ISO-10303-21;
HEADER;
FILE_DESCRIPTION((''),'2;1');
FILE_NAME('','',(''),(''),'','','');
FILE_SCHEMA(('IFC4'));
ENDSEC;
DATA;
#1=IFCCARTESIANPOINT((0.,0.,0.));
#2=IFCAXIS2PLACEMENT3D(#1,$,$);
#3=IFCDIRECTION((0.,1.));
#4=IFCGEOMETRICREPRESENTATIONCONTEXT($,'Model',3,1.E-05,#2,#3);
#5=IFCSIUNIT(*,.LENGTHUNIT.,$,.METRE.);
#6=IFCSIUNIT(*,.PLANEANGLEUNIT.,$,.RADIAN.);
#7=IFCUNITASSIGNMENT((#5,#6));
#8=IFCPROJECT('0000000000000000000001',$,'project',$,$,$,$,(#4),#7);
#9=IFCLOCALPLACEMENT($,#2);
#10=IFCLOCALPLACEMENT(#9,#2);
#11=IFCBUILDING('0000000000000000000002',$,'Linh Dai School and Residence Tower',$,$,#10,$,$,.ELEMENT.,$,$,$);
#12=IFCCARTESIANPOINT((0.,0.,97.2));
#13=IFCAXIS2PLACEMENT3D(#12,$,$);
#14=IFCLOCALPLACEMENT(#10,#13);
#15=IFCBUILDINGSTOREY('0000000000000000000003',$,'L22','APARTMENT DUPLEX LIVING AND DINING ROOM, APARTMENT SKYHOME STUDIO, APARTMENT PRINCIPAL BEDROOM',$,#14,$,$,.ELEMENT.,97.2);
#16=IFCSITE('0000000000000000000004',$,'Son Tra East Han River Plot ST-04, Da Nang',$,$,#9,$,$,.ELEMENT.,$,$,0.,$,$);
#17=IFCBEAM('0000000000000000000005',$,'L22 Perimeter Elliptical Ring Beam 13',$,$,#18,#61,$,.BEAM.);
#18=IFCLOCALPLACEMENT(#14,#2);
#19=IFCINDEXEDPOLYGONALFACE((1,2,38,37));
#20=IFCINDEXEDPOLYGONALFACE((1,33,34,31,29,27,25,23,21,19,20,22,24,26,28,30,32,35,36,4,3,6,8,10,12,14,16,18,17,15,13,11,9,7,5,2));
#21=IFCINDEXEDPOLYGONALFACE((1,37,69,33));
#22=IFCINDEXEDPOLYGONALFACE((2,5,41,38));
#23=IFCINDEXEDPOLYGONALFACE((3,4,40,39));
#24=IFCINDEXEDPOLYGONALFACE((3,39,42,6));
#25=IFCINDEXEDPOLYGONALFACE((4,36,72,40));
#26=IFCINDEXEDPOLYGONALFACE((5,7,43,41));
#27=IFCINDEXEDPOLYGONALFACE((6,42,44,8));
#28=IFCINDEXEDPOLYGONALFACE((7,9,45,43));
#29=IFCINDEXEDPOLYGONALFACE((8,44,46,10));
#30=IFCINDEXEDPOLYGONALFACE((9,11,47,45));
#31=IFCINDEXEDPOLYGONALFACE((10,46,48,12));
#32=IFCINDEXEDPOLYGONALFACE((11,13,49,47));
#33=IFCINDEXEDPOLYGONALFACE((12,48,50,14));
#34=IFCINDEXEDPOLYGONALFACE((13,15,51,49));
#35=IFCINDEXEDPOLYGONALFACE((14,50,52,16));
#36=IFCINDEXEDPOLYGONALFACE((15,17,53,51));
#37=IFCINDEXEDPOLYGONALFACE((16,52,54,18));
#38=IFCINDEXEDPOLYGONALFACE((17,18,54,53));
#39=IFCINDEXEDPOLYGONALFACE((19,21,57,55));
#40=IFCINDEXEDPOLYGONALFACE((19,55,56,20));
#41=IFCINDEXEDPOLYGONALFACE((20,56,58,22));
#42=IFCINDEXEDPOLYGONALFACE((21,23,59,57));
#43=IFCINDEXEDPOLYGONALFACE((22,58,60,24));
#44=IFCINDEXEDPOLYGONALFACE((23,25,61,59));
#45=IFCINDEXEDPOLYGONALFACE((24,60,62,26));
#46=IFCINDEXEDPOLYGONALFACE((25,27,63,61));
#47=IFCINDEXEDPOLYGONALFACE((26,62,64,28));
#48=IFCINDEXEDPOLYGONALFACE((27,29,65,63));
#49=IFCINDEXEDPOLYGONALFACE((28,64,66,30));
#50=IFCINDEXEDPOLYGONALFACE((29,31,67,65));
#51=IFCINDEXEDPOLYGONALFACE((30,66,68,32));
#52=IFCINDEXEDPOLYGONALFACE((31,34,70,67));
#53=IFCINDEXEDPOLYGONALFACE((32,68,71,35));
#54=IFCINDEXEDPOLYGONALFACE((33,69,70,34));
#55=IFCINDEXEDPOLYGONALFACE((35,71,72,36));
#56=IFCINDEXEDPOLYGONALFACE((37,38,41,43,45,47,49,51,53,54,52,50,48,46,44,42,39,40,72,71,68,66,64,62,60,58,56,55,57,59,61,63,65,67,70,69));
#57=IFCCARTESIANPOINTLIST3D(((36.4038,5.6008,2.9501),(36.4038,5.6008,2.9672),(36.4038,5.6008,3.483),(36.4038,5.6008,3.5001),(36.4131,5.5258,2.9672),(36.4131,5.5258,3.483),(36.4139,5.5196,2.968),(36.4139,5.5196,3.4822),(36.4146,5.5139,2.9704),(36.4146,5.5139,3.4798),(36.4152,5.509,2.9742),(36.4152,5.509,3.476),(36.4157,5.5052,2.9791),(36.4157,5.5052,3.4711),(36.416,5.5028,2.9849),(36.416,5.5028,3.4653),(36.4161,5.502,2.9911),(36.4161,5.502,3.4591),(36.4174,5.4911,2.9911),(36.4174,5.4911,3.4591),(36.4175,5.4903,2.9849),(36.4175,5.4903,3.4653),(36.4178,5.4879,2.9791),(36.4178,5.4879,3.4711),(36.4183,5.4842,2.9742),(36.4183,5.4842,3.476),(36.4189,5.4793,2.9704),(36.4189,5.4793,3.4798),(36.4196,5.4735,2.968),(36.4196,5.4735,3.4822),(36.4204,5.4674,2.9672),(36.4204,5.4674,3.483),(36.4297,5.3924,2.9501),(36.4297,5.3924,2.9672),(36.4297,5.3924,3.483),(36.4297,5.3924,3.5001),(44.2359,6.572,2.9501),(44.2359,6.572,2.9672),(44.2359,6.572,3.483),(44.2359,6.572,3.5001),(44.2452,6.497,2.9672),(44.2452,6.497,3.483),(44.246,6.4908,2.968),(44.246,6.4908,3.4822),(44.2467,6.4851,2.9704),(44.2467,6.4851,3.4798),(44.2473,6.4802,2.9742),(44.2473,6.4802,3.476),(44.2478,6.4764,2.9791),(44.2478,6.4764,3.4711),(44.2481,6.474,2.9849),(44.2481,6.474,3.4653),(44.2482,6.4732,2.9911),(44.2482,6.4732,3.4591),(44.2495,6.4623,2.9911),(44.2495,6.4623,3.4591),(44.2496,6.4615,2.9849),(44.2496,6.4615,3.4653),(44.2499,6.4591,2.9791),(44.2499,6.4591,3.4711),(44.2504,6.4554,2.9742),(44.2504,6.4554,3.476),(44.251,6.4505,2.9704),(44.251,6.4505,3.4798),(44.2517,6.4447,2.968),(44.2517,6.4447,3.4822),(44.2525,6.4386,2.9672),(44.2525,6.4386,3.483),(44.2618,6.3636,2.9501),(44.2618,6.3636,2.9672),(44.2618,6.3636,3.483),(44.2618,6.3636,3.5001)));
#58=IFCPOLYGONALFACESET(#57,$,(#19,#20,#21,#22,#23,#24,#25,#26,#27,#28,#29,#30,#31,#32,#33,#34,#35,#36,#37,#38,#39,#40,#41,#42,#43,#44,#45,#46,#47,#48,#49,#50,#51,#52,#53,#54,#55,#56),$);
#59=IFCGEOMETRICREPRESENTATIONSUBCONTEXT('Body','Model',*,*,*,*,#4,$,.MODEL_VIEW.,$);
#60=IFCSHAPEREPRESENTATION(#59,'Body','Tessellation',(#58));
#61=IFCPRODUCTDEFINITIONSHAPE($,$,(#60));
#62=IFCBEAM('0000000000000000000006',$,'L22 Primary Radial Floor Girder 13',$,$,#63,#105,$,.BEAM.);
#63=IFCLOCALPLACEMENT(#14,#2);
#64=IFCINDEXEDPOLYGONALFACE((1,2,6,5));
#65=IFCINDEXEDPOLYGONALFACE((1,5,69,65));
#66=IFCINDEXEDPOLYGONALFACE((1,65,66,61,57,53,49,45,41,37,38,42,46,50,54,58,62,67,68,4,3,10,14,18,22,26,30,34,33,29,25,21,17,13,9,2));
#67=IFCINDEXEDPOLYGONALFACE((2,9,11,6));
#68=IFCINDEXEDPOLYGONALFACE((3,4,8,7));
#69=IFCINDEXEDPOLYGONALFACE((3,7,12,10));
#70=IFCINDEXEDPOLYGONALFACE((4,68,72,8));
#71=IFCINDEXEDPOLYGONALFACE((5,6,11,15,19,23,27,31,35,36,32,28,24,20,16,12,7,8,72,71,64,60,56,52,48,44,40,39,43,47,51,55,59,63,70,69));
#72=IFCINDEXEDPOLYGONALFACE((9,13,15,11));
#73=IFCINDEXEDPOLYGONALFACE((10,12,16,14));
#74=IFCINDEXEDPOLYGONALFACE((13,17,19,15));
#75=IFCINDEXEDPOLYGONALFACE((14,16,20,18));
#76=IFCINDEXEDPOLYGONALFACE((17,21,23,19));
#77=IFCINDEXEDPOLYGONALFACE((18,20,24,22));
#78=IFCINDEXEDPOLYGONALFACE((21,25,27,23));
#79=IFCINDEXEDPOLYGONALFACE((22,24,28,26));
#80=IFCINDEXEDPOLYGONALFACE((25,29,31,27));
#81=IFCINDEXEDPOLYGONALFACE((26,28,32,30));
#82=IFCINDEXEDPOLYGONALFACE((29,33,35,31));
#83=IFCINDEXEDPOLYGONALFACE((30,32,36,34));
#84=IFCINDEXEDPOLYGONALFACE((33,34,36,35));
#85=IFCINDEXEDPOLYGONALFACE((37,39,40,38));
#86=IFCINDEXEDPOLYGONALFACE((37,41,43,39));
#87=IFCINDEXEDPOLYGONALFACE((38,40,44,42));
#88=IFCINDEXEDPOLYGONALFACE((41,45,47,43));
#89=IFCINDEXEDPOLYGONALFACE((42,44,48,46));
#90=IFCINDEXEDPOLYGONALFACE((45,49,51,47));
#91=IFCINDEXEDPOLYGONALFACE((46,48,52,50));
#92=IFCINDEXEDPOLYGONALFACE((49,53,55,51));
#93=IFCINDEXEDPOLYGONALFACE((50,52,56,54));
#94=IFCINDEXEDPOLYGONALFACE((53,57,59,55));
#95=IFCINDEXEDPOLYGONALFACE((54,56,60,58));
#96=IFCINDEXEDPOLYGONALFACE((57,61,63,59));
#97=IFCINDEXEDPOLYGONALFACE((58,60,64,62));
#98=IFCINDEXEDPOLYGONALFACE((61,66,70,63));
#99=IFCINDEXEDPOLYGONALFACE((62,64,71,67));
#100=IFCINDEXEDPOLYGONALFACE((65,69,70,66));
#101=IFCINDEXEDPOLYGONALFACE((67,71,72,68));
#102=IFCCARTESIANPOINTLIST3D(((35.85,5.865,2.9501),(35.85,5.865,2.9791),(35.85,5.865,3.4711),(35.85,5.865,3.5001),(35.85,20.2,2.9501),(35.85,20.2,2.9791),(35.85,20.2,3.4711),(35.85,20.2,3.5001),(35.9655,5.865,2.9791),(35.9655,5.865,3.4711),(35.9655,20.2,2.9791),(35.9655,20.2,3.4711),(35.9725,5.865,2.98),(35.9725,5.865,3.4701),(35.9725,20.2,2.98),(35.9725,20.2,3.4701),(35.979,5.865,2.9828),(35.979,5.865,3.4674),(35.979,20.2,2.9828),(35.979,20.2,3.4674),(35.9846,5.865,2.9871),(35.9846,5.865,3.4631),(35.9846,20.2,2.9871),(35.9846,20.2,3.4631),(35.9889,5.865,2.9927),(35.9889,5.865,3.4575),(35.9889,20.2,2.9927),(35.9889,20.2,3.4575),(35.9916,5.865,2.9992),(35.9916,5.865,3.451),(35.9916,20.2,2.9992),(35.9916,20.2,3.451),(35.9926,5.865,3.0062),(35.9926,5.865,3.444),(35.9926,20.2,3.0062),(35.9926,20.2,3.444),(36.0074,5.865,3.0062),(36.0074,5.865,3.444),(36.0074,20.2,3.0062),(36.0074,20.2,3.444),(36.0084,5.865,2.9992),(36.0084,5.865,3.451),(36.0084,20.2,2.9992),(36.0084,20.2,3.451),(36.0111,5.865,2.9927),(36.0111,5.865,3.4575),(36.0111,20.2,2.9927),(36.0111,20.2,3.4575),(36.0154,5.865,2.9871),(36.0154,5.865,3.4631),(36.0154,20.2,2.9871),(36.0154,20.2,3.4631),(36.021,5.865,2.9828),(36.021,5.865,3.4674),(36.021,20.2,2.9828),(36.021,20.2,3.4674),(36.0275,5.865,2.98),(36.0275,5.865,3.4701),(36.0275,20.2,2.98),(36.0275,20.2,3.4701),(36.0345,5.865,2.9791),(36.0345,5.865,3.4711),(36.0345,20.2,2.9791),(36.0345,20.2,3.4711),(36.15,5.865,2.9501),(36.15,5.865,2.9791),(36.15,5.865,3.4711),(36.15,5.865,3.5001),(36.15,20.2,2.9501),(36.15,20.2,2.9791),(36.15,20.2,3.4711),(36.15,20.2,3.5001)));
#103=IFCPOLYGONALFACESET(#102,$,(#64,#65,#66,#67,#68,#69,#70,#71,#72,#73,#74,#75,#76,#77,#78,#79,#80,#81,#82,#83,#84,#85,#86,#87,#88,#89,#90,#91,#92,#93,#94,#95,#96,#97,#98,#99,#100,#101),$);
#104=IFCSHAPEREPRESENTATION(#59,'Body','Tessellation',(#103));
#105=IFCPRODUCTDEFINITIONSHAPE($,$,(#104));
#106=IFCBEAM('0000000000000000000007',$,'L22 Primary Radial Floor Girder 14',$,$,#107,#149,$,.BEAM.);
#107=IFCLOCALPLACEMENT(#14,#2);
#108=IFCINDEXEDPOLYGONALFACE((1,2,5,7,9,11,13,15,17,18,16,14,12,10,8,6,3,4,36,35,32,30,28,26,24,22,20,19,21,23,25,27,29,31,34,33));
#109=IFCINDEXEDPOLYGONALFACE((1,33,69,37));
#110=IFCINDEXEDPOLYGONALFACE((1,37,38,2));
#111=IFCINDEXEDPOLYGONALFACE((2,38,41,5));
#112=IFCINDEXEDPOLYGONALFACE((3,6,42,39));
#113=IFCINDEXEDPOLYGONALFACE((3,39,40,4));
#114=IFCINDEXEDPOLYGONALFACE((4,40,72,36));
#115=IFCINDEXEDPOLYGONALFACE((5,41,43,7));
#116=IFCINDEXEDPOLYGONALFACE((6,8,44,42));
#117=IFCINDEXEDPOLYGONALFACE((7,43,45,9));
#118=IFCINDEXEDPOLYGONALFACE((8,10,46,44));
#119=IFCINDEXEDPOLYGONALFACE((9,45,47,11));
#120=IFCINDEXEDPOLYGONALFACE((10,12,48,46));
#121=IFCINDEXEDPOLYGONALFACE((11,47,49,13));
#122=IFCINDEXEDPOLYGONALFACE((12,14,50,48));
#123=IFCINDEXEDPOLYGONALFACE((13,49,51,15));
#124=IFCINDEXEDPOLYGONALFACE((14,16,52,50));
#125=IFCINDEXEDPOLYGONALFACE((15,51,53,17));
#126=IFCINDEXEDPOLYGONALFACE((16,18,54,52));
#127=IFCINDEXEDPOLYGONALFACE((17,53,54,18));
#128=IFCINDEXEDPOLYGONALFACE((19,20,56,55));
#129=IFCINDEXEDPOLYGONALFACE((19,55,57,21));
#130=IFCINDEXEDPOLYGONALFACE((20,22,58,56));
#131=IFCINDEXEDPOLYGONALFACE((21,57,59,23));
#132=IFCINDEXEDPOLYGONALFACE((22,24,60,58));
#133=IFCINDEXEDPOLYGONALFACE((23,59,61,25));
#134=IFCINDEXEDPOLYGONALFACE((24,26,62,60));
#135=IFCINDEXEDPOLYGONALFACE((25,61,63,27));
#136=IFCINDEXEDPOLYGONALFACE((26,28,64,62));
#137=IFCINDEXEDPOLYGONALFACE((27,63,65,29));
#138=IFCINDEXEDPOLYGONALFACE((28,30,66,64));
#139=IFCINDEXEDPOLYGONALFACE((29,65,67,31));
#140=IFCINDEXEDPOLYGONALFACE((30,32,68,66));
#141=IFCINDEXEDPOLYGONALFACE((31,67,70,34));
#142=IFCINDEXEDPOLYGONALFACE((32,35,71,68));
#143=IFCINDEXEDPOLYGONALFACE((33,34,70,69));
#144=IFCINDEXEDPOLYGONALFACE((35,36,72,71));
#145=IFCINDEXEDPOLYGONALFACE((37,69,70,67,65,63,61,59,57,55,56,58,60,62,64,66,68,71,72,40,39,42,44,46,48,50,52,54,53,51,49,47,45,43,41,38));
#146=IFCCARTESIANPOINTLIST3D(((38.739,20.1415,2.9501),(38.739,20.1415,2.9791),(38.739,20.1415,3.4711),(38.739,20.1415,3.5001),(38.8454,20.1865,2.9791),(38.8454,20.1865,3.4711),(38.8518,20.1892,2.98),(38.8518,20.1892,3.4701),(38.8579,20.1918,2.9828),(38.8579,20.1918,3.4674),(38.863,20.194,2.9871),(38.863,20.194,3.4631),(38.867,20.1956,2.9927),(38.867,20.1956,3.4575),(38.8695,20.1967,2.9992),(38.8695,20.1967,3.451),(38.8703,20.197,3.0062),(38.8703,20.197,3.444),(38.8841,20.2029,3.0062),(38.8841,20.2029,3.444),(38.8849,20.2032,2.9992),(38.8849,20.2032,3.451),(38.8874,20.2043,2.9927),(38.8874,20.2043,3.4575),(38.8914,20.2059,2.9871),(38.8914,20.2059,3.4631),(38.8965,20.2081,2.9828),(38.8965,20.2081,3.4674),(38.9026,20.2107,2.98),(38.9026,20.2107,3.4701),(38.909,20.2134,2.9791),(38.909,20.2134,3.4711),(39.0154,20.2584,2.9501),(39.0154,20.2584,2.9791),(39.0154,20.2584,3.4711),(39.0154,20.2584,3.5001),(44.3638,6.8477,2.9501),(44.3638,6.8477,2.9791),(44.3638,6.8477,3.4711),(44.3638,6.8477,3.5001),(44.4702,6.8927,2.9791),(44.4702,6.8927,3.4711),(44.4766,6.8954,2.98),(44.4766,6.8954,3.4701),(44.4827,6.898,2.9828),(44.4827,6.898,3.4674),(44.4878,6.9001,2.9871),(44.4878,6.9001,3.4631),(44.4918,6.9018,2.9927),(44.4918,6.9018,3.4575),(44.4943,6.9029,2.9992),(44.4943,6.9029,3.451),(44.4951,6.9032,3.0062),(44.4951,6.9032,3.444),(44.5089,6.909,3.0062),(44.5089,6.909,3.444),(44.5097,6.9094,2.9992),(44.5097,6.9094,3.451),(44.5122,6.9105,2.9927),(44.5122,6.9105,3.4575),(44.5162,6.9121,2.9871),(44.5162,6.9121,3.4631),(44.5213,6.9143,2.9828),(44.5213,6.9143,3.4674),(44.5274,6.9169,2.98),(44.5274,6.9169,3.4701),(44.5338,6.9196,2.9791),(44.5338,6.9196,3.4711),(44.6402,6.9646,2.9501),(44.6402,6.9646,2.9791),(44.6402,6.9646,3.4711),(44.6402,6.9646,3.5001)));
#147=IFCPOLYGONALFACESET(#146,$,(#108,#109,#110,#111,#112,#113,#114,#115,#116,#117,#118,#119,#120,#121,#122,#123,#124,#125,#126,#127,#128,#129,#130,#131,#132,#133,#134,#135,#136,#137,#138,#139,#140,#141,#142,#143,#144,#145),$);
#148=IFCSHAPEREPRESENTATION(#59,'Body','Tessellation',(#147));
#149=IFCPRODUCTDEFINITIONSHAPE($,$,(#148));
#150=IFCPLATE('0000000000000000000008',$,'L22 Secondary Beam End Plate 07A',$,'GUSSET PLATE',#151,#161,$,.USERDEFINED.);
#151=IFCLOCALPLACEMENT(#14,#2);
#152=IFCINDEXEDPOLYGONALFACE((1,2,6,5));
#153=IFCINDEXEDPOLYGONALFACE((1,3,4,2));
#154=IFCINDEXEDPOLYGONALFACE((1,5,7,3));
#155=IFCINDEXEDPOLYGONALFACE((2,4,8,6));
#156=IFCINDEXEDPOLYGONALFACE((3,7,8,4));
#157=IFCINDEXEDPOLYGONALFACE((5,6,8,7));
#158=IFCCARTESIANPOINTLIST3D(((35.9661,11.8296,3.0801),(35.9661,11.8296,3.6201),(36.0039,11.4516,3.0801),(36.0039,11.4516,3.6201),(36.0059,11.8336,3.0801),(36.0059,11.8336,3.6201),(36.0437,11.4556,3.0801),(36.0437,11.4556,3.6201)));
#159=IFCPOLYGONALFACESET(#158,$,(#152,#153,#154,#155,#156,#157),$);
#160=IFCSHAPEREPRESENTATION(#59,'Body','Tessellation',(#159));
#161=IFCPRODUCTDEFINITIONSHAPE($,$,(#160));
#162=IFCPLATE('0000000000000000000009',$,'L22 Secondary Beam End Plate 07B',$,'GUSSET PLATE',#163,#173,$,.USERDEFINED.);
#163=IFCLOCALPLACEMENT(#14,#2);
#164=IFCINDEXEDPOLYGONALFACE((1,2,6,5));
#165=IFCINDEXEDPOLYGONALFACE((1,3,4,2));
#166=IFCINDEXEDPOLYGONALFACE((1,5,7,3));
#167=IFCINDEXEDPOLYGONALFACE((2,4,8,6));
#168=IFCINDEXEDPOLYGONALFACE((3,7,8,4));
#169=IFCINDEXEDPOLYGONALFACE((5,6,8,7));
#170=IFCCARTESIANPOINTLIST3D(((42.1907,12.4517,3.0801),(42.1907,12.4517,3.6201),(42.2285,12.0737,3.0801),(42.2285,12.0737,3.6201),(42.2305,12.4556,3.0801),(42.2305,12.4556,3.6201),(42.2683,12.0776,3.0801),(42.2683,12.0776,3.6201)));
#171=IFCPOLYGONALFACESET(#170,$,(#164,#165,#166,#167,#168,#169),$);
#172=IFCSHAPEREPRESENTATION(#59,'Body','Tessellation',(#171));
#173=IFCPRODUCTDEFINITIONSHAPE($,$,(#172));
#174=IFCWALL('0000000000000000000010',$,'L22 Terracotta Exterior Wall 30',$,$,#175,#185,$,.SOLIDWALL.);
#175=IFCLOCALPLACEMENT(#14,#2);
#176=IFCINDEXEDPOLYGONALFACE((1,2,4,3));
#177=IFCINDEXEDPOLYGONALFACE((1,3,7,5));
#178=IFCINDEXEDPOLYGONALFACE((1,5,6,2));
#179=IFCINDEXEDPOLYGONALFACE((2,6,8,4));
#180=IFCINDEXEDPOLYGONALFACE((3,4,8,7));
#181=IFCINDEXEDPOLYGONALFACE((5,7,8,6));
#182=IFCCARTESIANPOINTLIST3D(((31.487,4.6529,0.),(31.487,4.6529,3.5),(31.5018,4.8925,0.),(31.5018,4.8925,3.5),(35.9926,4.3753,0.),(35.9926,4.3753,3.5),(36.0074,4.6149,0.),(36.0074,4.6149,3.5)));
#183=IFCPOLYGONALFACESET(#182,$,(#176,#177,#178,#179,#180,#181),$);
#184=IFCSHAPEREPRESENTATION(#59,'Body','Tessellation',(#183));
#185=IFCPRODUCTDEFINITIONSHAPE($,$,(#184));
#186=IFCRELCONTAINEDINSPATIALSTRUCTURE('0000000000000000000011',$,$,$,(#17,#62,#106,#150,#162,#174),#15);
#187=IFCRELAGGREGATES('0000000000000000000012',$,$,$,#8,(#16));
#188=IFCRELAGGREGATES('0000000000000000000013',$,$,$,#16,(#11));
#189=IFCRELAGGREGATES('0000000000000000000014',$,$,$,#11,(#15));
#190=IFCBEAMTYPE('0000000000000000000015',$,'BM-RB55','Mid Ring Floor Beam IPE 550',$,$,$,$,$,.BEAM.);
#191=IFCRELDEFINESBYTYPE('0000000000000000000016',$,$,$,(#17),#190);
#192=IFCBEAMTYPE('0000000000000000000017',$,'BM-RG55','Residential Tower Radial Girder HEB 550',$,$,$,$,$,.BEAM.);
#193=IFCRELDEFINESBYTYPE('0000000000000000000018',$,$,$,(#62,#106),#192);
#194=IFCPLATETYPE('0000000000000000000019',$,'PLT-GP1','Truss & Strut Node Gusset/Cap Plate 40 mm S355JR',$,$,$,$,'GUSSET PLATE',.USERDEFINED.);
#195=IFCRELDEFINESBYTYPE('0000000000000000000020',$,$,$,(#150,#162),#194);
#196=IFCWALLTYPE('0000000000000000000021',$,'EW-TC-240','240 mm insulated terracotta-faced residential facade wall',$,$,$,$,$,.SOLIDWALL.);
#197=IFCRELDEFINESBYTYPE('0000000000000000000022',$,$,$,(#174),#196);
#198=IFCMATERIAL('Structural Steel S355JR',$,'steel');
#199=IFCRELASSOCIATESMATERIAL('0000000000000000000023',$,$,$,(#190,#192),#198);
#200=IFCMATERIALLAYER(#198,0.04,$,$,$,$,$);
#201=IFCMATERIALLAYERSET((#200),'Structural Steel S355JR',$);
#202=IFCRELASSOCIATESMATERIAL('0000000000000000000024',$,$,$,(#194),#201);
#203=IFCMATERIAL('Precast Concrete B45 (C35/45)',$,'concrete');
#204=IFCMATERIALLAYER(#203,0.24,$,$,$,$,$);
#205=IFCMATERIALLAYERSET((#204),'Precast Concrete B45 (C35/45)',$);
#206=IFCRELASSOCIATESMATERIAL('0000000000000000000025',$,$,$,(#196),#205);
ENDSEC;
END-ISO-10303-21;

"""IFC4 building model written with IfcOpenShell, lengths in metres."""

from ifc_helpers import new_model, si_unit, direction, frame, frame_2d, origin, origin_2d, place, context, subcontext, project, spatial, rectangle, i_section, extrude, source, transform, mapped, material, layer, layer_set, material_profile, profile_set, type_object, element, save


model = new_model("IFC4")

# Units and contexts
model_context = context("Model", 3, precision=1e-05, world=origin(), true_north=direction((0.0, 1.0)))
body_context = subcontext(model_context, "Body", "Model", "MODEL_VIEW")
ifc_project = project(units=[si_unit("LENGTHUNIT", "METRE"), si_unit("PLANEANGLEUNIT", "RADIAN")], contexts=[model_context])

# Site, building, storey
site_placement = place(None, origin())
site = spatial("IfcSite", under=ifc_project, at=site_placement, Name="Son Tra East Han River Plot ST-04, Da Nang", CompositionType="ELEMENT", RefElevation=0.0)
building_placement = place(site_placement, origin())
building = spatial("IfcBuilding", under=site, at=building_placement, Name="Linh Dai School and Residence Tower", CompositionType="ELEMENT")
storey_placement = place(building_placement, frame((0.0, 0.0, 97.2)))
storey = spatial("IfcBuildingStorey", under=building, at=storey_placement, Name="L22", Description="APARTMENT DUPLEX LIVING AND DINING ROOM, APARTMENT SKYHOME STUDIO, APARTMENT PRINCIPAL BEDROOM", CompositionType="ELEMENT", Elevation=97.2)

# Shared definitions
ifc_material_1 = material(Name="Structural Steel S355JR", Category="steel")

# Beams
ifc_material_profile_1 = material_profile(ifc_material_1, i_section(OverallWidth=0.21, OverallDepth=0.55, WebThickness=0.011, FlangeThickness=0.0171, FilletRadius=0.0239, at=origin_2d()), Name="IPE 550")
ifc_profile_set_1 = profile_set([ifc_material_profile_1], Name="Structural Steel S355JR")
beam_type_1 = type_object("IfcBeamType", Name="BM-RB55", Description="Mid Ring Floor Beam IPE 550", PredefinedType="BEAM", material=ifc_profile_set_1)
beam_1_placement = place(storey_placement, frame((36.4167, 5.4966, 3.2251), z_axis=(0.992399, 0.12306, 0.0), x_axis=(-0.12306, 0.992399, 0.0)))
element("IfcBeam", 1, at=beam_1_placement, inside=storey, type_object=beam_type_1, Name="L22 Perimeter Elliptical Ring Beam 13", PredefinedType="BEAM", context=body_context, shape_type="SweptSolid", body=[
    extrude(i_section(OverallWidth=0.21, OverallDepth=0.55, WebThickness=0.011, FlangeThickness=0.0171, FilletRadius=0.0239, at=origin_2d()), origin(), (0.0, 0.0, 1.0), 7.8921),
])
ifc_material_profile_2 = material_profile(ifc_material_1, i_section(OverallWidth=0.3, OverallDepth=0.55, WebThickness=0.0149, FlangeThickness=0.0291, FilletRadius=0.0271, at=origin_2d()), Name="HEB 550")
ifc_profile_set_2 = profile_set([ifc_material_profile_2], Name="Structural Steel S355JR")
beam_type_2 = type_object("IfcBeamType", Name="BM-RG55", Description="Residential Tower Radial Girder HEB 550", PredefinedType="BEAM", material=ifc_profile_set_2)
beam_2_placement = place(storey_placement, frame((36.0, 20.2, 3.2251), z_axis=(0.0, -1.0, 0.0), x_axis=(1.0, 0.0, 0.0)))
element("IfcBeam", 2, at=beam_2_placement, inside=storey, type_object=beam_type_2, Name="L22 Primary Radial Floor Girder 13", PredefinedType="BEAM", context=body_context, shape_type="SweptSolid", body=[
    extrude(i_section(OverallWidth=0.3, OverallDepth=0.55, WebThickness=0.0149, FlangeThickness=0.0291, FilletRadius=0.0271, at=origin_2d()), origin(), (0.0, 0.0, 1.0), 14.335),
])
beam_3_placement = place(storey_placement, frame((38.8772, 20.2, 3.2251), z_axis=(0.389669, -0.920955, 0.0), x_axis=(0.920955, 0.389669, 0.0)))
element("IfcBeam", 3, at=beam_3_placement, inside=storey, type_object=beam_type_2, Name="L22 Primary Radial Floor Girder 14", PredefinedType="BEAM", context=body_context, shape_type="SweptSolid", body=[
    extrude(i_section(OverallWidth=0.3, OverallDepth=0.55, WebThickness=0.0149, FlangeThickness=0.0291, FilletRadius=0.0271, at=origin_2d()), origin(), (0.0, 0.0, 1.0), 14.4348),
])

# Plates
ifc_layer_1 = layer(ifc_material_1, 0.04)
ifc_layer_set_1 = layer_set([ifc_layer_1], Name="Structural Steel S355JR")
plate_type = type_object("IfcPlateType", Name="PLT-GP1", Description="Truss & Strut Node Gusset/Cap Plate 40 mm S355JR", ElementType="GUSSET PLATE", PredefinedType="USERDEFINED", material=ifc_layer_set_1)
shared_shape_1 = source(origin(), body_context, "Body", "SweptSolid", [
    extrude(rectangle(XDim=0.04, YDim=0.3799, at=origin_2d()), origin(), (0.0, 0.0, 1.0), 0.54),
])
for number, where, z_axis, x_axis, name in (
    (4, (36.0049, 11.6426, 3.0801), (0.0, 0.0, 1.0), (0.995042, 0.099458, 0.0), "L22 Secondary Beam End Plate 07A"),
    (5, (42.2295, 12.2646, 3.0801), (0.0, 0.0, 1.0), (0.995042, 0.099458, 0.0), "L22 Secondary Beam End Plate 07B"),
):
    element("IfcPlate", number, at=place(storey_placement, frame(where, z_axis=z_axis, x_axis=x_axis)), inside=storey, type_object=plate_type, Name=name, ObjectType="GUSSET PLATE", PredefinedType="USERDEFINED", context=body_context, shape_type="MappedRepresentation", body=[
        mapped(shared_shape_1, transform((0.0, 0.0, 0.0), x_axis=(1.0, 0.0, 0.0), y_axis=(0.0, 1.0, 0.0), z_axis=(0.0, 0.0, 1.0), scale=1.0)),
    ])

# Wall
ifc_material_2 = material(Name="Precast Concrete B45 (C35/45)", Category="concrete")
ifc_layer_2 = layer(ifc_material_2, 0.24)
ifc_layer_set_2 = layer_set([ifc_layer_2], Name="Precast Concrete B45 (C35/45)")
wall_type_1 = type_object("IfcWallType", Name="EW-TC-240", Description="240 mm insulated terracotta-faced residential facade wall", PredefinedType="SOLIDWALL", material=ifc_layer_set_2)
wall_1_placement = place(storey_placement, frame((36.0, 4.4951, 0.0), z_axis=(0.0, 0.0, 1.0), x_axis=(-0.998108, 0.061493, 0.0)))
element("IfcWall", 6, at=wall_1_placement, inside=storey, type_object=wall_type_1, Name="L22 Terracotta Exterior Wall 30", PredefinedType="SOLIDWALL", context=body_context, shape_type="SweptSolid", body=[
    extrude(rectangle(XDim=4.5142, YDim=0.24, at=frame_2d((2.2571, 0.0))), origin(), (0.0, 0.0, 1.0), 3.5),
])

save(model, "model.ifc")
